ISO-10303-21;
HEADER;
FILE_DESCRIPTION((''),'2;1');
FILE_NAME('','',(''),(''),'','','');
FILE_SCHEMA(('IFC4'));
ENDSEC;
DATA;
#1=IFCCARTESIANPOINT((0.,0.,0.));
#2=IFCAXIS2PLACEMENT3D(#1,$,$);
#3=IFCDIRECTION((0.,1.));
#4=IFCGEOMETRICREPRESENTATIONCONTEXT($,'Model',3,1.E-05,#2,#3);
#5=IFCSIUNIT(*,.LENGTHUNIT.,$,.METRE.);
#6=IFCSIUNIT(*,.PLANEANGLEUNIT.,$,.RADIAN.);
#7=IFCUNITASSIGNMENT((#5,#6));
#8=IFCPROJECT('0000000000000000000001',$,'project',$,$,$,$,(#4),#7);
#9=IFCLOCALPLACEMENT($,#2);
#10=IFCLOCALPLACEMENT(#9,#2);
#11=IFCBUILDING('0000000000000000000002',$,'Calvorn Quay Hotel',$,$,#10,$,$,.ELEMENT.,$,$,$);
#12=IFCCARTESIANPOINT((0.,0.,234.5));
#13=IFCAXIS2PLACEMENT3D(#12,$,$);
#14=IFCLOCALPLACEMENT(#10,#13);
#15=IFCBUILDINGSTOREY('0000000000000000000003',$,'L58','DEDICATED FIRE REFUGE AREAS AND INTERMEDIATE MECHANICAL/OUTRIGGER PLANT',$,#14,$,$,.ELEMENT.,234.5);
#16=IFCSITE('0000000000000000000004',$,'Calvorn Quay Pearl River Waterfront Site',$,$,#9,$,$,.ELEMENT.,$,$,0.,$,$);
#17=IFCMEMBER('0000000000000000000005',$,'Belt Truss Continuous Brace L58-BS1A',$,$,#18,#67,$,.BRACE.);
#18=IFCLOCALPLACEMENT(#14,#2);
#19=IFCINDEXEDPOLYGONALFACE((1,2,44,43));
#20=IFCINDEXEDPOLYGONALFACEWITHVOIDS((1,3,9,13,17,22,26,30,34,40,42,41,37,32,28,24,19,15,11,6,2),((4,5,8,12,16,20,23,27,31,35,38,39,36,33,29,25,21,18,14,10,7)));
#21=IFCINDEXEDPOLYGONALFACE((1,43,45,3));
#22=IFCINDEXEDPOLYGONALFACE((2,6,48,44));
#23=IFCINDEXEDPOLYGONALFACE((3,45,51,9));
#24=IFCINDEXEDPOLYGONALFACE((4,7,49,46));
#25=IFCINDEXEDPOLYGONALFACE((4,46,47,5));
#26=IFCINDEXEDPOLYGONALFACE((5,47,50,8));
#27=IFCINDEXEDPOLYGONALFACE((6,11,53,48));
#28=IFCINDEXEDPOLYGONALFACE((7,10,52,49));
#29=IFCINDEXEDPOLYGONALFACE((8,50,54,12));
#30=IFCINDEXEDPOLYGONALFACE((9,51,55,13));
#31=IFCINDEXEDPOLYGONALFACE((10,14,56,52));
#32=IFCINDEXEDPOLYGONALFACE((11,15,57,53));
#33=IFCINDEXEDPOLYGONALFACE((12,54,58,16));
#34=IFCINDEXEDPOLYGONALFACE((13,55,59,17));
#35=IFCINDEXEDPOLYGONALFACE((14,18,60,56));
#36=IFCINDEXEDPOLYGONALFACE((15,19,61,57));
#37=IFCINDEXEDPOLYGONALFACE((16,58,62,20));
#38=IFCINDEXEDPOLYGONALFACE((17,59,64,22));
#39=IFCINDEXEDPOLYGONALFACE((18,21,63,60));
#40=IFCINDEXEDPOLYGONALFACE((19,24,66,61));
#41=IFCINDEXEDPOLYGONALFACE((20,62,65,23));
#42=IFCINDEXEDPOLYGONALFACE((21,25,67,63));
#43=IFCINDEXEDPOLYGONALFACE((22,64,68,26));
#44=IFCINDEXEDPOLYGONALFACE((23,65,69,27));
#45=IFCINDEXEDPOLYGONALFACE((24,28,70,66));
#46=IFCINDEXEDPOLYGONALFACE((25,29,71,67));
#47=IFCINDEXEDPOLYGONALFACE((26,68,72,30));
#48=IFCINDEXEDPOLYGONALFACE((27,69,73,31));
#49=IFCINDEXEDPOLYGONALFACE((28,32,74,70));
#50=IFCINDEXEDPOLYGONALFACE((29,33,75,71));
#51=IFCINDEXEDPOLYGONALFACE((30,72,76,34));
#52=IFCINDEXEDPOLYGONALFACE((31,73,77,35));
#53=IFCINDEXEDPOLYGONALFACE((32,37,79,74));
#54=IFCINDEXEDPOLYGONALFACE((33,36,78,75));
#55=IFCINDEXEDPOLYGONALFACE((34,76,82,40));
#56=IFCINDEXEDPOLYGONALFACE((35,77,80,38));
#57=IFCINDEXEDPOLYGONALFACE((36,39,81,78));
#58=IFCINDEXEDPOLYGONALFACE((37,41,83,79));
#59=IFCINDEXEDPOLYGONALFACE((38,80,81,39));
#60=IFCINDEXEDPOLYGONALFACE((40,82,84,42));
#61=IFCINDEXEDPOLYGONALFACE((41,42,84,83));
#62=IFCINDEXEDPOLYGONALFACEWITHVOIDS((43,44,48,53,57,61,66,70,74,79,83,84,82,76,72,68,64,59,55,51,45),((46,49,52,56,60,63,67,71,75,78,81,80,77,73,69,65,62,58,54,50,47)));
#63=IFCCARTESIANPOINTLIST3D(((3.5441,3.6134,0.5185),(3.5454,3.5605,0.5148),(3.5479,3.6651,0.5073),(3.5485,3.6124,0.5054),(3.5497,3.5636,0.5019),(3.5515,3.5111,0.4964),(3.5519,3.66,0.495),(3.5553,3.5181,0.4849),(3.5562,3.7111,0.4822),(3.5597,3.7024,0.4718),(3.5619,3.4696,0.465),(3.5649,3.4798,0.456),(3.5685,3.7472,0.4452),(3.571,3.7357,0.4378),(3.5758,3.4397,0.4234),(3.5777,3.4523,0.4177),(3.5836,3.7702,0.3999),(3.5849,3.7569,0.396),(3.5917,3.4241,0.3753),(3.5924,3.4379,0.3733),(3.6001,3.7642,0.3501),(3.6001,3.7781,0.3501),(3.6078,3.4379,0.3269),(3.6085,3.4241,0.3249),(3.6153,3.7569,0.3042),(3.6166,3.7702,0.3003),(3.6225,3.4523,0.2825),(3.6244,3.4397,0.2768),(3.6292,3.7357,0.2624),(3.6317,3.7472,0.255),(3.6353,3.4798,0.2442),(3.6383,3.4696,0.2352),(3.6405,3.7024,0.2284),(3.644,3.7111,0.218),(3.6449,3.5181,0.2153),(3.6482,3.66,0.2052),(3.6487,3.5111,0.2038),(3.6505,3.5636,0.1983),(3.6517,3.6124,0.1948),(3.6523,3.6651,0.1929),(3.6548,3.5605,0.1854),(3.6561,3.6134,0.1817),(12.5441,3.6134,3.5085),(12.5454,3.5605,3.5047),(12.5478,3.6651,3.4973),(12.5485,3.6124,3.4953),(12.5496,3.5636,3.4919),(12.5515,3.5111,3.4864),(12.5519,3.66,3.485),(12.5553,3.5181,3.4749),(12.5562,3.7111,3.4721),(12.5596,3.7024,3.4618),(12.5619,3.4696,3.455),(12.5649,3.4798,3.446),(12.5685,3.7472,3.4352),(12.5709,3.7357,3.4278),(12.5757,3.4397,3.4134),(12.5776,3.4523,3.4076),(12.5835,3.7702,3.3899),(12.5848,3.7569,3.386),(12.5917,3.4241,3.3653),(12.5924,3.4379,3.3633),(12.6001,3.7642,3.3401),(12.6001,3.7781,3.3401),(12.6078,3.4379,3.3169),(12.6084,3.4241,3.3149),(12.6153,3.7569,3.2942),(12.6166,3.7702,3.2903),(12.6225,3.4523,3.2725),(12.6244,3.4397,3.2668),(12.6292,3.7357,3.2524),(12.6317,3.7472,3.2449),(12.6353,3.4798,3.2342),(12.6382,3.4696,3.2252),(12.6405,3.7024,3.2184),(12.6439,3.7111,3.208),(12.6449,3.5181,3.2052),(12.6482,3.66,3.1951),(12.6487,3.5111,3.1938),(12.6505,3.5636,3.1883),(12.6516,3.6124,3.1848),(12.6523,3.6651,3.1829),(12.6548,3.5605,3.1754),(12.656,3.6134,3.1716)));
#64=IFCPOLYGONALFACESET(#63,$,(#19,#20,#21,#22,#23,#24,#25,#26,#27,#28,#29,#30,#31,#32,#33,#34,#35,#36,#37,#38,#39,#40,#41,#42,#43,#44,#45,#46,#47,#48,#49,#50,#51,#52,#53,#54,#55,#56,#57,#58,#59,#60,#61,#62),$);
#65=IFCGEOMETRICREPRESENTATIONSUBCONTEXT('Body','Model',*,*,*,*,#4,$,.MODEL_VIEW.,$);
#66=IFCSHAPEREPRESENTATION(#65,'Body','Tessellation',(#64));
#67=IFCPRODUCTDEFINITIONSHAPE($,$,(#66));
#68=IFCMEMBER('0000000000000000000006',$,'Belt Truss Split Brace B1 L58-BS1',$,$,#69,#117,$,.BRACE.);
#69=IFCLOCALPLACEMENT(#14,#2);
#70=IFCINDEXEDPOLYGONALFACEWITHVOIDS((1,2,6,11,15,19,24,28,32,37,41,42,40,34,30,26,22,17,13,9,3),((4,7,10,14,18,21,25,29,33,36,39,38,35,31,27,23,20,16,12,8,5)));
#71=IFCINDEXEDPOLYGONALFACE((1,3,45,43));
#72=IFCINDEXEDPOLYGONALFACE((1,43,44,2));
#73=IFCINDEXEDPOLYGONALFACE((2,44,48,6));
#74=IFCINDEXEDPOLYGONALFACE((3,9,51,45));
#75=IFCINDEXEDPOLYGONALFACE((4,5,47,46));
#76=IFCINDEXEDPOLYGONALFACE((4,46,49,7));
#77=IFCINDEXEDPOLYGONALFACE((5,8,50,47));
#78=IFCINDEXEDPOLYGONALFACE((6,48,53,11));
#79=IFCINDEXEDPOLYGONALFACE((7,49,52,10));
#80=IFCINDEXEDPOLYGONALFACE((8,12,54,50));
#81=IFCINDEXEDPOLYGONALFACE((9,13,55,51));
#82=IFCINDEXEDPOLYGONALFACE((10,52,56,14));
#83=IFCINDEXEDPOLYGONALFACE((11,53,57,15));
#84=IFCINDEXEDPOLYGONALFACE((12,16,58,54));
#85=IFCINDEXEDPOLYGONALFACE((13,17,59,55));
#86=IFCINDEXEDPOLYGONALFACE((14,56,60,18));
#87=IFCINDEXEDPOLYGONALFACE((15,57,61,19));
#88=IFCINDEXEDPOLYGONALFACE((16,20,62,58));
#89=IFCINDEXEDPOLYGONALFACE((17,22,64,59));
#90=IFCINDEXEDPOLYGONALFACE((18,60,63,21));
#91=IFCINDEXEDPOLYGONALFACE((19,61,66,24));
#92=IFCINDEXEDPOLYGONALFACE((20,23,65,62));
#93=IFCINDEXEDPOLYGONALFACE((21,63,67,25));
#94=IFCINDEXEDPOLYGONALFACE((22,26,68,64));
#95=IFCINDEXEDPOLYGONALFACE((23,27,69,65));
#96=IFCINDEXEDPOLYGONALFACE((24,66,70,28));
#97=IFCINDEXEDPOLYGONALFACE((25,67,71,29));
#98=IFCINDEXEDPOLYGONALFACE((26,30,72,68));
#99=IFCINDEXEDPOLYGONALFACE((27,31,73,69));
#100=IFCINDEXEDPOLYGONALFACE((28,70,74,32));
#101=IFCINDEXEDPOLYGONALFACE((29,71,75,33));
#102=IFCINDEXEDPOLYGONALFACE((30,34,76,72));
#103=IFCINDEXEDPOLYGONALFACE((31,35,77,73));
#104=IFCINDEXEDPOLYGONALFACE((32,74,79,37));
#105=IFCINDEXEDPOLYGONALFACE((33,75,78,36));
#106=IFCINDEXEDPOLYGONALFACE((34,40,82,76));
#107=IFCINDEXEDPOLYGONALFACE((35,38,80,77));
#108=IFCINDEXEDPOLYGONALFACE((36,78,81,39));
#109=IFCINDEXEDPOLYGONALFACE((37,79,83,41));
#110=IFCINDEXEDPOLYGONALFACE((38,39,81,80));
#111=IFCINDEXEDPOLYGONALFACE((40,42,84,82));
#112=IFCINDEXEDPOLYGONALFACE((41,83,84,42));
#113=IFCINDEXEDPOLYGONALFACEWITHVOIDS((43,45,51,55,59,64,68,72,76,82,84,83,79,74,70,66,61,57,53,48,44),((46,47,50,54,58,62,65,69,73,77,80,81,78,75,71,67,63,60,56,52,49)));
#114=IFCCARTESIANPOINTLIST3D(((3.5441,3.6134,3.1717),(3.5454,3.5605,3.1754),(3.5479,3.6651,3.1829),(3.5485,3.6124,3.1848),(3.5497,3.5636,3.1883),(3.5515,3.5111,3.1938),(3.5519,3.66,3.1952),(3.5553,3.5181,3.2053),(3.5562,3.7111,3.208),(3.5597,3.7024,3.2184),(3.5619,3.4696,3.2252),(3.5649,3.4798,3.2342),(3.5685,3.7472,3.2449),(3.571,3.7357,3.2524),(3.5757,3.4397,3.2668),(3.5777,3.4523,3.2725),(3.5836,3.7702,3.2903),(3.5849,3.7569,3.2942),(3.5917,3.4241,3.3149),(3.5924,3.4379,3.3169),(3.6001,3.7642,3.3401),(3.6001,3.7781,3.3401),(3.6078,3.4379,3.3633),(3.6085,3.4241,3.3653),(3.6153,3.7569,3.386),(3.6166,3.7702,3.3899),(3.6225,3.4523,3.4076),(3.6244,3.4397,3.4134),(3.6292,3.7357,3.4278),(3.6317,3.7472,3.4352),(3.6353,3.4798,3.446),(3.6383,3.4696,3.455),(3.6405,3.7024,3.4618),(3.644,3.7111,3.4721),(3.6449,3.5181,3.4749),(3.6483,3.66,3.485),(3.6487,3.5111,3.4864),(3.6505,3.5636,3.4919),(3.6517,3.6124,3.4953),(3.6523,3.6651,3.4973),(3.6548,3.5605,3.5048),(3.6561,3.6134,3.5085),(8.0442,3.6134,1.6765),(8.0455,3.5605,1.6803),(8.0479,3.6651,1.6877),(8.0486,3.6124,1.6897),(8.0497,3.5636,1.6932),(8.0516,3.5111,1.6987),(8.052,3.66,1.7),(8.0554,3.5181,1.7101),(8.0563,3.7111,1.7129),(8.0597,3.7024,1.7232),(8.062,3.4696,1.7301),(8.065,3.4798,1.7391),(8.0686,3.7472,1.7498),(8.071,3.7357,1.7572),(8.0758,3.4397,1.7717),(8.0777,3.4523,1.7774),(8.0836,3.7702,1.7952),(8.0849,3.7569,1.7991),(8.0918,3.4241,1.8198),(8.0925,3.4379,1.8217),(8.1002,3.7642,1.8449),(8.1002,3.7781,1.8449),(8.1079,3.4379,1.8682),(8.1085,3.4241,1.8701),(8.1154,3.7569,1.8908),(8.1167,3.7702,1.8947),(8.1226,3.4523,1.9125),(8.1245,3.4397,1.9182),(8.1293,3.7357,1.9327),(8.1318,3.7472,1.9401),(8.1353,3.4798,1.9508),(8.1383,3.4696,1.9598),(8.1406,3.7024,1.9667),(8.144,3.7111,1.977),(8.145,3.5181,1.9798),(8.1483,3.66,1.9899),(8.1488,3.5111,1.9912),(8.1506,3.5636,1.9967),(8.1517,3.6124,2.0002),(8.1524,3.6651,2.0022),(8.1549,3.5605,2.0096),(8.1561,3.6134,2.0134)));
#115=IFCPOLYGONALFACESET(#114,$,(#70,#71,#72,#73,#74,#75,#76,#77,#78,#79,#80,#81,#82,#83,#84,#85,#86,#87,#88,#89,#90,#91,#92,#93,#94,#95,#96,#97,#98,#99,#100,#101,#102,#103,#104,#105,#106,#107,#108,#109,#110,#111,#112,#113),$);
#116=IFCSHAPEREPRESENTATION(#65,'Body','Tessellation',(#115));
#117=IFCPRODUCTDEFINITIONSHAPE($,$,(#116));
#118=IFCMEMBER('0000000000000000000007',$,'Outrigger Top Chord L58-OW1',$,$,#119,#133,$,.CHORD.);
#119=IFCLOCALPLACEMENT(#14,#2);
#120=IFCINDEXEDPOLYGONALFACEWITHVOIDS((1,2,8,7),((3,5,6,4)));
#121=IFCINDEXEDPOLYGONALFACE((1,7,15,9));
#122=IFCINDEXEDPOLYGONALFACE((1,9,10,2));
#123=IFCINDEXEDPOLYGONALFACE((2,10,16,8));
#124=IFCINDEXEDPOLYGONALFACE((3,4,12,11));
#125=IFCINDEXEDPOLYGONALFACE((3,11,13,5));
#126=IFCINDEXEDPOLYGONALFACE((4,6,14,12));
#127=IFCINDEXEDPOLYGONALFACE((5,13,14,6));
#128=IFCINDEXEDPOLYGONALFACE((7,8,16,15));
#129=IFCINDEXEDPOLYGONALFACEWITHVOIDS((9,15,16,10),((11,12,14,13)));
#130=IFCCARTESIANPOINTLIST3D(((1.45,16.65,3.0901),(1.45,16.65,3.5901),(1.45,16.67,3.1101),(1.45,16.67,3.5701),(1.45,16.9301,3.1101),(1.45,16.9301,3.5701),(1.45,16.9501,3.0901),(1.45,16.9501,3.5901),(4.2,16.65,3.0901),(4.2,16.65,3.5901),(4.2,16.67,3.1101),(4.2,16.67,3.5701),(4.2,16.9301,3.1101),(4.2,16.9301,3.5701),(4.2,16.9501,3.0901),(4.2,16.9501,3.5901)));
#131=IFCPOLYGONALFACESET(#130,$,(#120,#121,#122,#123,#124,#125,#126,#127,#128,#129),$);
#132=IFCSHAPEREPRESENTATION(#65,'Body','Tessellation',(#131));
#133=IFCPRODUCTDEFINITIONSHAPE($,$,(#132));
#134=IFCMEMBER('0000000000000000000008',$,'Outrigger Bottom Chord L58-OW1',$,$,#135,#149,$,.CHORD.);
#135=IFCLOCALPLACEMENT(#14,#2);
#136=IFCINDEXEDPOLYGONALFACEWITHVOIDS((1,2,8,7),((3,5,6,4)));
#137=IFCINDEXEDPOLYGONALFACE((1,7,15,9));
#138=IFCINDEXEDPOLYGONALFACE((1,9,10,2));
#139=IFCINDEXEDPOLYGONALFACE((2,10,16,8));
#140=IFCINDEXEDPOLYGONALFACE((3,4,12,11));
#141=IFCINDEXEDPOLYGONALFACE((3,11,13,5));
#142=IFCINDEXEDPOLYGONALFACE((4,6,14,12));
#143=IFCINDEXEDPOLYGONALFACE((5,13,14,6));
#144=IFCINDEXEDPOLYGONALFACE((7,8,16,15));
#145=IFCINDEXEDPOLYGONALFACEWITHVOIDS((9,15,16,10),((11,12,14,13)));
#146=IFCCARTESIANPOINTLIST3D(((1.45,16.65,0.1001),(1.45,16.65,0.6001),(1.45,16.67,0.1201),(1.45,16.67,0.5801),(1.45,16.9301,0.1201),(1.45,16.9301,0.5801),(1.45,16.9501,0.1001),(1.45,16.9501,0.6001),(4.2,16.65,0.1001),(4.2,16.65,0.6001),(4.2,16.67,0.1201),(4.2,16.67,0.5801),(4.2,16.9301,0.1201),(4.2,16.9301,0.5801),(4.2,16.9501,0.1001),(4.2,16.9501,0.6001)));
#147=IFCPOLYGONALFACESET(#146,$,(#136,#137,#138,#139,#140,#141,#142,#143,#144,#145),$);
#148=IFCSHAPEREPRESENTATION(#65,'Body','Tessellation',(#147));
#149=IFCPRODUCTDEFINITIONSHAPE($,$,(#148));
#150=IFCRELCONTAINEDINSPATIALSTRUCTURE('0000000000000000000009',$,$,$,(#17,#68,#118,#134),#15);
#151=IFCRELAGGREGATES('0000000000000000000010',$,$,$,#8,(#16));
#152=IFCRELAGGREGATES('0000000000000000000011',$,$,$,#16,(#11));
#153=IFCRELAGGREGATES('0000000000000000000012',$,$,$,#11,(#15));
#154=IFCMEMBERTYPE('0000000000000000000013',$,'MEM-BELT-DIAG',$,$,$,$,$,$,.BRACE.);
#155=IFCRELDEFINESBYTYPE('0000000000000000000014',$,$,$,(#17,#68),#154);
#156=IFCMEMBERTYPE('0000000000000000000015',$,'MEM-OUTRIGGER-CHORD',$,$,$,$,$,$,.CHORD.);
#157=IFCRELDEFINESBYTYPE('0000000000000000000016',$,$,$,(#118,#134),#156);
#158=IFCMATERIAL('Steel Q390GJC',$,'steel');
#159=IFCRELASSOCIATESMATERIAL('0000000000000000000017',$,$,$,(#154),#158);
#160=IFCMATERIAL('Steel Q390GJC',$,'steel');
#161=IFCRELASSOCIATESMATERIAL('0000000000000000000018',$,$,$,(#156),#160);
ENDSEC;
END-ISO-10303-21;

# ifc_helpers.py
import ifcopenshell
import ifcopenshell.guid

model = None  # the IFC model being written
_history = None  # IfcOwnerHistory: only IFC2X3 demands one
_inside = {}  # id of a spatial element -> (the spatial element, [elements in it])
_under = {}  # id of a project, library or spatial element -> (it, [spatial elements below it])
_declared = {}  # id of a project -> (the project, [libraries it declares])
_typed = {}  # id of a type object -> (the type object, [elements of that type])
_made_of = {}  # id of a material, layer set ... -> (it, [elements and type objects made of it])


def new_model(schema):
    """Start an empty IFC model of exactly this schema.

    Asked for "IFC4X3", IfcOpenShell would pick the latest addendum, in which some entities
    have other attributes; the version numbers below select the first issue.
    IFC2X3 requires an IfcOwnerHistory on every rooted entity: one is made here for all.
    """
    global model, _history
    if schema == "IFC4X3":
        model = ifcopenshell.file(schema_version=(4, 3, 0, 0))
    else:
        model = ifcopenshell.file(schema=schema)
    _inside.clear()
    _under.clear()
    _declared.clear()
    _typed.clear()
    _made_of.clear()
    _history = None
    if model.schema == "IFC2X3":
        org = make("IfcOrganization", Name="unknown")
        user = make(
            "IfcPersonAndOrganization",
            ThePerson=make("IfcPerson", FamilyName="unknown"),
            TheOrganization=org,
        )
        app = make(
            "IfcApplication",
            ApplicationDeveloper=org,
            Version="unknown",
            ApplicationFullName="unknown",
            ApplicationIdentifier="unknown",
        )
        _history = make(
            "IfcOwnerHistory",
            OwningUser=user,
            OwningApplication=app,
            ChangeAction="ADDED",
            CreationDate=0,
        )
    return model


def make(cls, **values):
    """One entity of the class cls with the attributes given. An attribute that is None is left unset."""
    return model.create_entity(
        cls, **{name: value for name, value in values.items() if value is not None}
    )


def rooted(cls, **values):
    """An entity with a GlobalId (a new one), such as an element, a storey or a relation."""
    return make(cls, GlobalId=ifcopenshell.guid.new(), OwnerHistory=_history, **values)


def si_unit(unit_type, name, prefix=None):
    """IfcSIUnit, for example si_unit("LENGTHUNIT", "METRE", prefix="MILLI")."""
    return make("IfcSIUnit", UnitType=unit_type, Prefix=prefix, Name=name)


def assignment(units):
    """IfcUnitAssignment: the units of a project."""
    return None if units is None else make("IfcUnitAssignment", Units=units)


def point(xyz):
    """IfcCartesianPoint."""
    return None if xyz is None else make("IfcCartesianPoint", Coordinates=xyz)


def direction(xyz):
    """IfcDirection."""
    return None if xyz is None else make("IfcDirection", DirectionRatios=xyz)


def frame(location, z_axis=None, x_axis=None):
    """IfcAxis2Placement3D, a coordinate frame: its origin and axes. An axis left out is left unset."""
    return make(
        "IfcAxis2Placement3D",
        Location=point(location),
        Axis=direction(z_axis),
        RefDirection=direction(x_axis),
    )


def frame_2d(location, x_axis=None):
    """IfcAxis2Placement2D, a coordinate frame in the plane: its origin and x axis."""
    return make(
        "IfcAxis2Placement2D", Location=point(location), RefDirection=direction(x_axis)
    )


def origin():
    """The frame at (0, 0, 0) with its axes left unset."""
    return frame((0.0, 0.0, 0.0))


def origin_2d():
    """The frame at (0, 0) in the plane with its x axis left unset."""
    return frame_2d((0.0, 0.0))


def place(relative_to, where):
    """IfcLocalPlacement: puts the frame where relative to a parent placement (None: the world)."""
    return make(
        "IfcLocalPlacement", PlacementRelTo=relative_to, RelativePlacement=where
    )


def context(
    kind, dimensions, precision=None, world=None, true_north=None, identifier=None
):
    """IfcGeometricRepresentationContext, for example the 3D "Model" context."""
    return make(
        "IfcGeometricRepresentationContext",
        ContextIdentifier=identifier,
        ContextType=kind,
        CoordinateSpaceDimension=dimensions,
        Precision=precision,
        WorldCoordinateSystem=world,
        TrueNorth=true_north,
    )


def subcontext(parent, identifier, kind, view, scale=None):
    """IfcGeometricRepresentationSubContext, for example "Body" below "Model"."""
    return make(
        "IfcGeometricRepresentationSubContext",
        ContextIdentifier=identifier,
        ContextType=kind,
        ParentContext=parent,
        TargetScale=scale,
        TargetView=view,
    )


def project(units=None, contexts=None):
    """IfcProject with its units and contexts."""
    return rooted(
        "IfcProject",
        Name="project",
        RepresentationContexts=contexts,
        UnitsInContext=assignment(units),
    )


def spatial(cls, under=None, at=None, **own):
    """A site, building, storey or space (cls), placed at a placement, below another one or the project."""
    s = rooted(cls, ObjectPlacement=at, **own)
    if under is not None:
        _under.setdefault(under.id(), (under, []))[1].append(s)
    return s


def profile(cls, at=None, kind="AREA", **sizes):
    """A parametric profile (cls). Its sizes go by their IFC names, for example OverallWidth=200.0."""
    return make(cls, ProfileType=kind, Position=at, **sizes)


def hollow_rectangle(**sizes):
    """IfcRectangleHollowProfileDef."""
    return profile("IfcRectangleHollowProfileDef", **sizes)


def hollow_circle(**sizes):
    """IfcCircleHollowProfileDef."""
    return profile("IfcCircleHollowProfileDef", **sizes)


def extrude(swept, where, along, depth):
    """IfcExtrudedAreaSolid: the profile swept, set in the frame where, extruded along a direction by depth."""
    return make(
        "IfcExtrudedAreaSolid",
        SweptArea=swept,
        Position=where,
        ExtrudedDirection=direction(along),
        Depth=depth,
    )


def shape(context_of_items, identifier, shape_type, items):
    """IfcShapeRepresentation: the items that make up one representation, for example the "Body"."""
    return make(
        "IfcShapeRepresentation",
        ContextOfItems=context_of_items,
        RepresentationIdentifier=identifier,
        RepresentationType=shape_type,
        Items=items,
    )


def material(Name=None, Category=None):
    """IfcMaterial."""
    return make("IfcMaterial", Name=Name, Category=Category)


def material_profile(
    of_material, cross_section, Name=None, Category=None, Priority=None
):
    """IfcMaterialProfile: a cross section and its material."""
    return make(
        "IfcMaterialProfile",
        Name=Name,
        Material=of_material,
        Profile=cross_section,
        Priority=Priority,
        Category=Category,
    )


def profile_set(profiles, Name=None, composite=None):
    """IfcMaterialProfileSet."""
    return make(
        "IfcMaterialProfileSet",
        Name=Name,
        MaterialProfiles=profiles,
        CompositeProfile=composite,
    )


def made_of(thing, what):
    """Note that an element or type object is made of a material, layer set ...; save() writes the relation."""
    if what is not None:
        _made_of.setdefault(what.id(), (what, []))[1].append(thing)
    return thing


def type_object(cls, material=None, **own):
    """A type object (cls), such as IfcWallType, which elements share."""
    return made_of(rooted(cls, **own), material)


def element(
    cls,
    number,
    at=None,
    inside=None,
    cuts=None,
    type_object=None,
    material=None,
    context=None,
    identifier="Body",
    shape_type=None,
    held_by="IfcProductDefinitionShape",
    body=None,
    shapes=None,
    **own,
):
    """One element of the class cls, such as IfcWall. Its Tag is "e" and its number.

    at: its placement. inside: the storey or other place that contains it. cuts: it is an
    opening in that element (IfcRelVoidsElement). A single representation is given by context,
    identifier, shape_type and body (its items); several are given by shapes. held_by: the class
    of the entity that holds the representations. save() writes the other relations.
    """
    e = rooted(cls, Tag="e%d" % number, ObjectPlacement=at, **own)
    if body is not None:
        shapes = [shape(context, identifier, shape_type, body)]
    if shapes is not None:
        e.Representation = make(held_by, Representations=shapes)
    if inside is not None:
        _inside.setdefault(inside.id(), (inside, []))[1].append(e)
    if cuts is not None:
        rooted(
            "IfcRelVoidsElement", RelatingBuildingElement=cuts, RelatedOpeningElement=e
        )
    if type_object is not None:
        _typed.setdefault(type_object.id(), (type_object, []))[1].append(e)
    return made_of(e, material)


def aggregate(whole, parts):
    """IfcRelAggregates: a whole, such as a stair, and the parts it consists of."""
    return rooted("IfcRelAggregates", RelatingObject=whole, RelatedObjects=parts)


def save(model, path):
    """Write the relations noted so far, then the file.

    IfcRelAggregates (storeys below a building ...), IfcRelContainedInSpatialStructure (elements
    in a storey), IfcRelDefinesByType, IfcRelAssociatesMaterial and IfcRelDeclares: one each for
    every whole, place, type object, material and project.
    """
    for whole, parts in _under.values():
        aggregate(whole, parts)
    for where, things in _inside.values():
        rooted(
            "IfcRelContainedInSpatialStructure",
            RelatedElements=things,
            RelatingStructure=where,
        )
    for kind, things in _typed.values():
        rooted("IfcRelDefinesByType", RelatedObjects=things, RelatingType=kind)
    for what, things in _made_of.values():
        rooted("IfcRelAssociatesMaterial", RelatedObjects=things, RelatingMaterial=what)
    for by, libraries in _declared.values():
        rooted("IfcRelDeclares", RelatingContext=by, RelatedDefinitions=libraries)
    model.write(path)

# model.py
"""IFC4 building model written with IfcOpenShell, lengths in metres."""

from ifc_helpers import new_model, si_unit, direction, frame, origin, origin_2d, place, context, subcontext, project, spatial, hollow_rectangle, hollow_circle, extrude, material, material_profile, profile_set, type_object, element, save


model = new_model("IFC4")

# Units and contexts
model_context = context("Model", 3, precision=1e-05, world=origin(), true_north=direction((0.0, 1.0)))
body_context = subcontext(model_context, "Body", "Model", "MODEL_VIEW")
ifc_project = project(units=[si_unit("LENGTHUNIT", "METRE"), si_unit("PLANEANGLEUNIT", "RADIAN")], contexts=[model_context])

# Site, building, storey
site_placement = place(None, origin())
site = spatial("IfcSite", under=ifc_project, at=site_placement, Name="Calvorn Quay Pearl River Waterfront Site", CompositionType="ELEMENT", RefElevation=0.0)
building_placement = place(site_placement, origin())
building = spatial("IfcBuilding", under=site, at=building_placement, Name="Calvorn Quay Hotel", CompositionType="ELEMENT")
storey_placement = place(building_placement, frame((0.0, 0.0, 234.5)))
storey = spatial("IfcBuildingStorey", under=building, at=storey_placement, Name="L58", Description="DEDICATED FIRE REFUGE AREAS AND INTERMEDIATE MECHANICAL/OUTRIGGER PLANT", CompositionType="ELEMENT", Elevation=234.5)

# Members
ifc_material_1 = material(Name="Steel Q390GJC", Category="steel")
ifc_material_profile_1 = material_profile(ifc_material_1, hollow_circle(Radius=0.178, WallThickness=0.0139, at=origin_2d()), Name="CHS356x14")
ifc_profile_set_1 = profile_set([ifc_material_profile_1], Name="Steel Q390GJC")
member_type_1 = type_object("IfcMemberType", Name="MEM-BELT-DIAG", PredefinedType="BRACE", material=ifc_profile_set_1)
member_1_placement = place(storey_placement, frame((3.6001, 3.6001, 0.3501), z_axis=(0.948999, 0.0, 0.315278), x_axis=(0.0, 1.0, 0.0)))
element("IfcMember", 1, at=member_1_placement, inside=storey, type_object=member_type_1, Name="Belt Truss Continuous Brace L58-BS1A", PredefinedType="BRACE", context=body_context, shape_type="SweptSolid", body=[
    extrude(hollow_circle(Radius=0.178, WallThickness=0.0139, at=origin_2d()), origin(), (0.0, 0.0, 1.0), 9.4836),
])
member_2_placement = place(storey_placement, frame((3.6001, 3.6001, 3.3401), z_axis=(0.948992, 0.0, -0.315301), x_axis=(0.0, 1.0, 0.0)))
element("IfcMember", 2, at=member_2_placement, inside=storey, type_object=member_type_1, Name="Belt Truss Split Brace B1 L58-BS1", PredefinedType="BRACE", context=body_context, shape_type="SweptSolid", body=[
    extrude(hollow_circle(Radius=0.178, WallThickness=0.0139, at=origin_2d()), origin(), (0.0, 0.0, 1.0), 4.7419),
])
ifc_material_2 = material(Name="Steel Q390GJC", Category="steel")
ifc_material_profile_2 = material_profile(ifc_material_2, hollow_rectangle(XDim=0.3, YDim=0.5, WallThickness=0.02, at=origin_2d()), Name="RHS500x300x20")
ifc_profile_set_2 = profile_set([ifc_material_profile_2], Name="Steel Q390GJC")
member_type_2 = type_object("IfcMemberType", Name="MEM-OUTRIGGER-CHORD", PredefinedType="CHORD", material=ifc_profile_set_2)
for number, where, z_axis, x_axis, name in (
    (3, (4.2, 16.8, 3.3401), (-1.0, 0.0, 0.0), (0.0, -1.0, 0.0), "Outrigger Top Chord L58-OW1"),
    (4, (4.2, 16.8, 0.3501), (-1.0, 0.0, 0.0), (0.0, -1.0, 0.0), "Outrigger Bottom Chord L58-OW1"),
):
    element("IfcMember", number, at=place(storey_placement, frame(where, z_axis=z_axis, x_axis=x_axis)), inside=storey, type_object=member_type_2, Name=name, PredefinedType="CHORD", context=body_context, shape_type="SweptSolid", body=[
        extrude(hollow_rectangle(XDim=0.3, YDim=0.5, WallThickness=0.02, at=origin_2d()), origin(), (0.0, 0.0, 1.0), 2.75),
    ])

save(model, "model.ifc")
